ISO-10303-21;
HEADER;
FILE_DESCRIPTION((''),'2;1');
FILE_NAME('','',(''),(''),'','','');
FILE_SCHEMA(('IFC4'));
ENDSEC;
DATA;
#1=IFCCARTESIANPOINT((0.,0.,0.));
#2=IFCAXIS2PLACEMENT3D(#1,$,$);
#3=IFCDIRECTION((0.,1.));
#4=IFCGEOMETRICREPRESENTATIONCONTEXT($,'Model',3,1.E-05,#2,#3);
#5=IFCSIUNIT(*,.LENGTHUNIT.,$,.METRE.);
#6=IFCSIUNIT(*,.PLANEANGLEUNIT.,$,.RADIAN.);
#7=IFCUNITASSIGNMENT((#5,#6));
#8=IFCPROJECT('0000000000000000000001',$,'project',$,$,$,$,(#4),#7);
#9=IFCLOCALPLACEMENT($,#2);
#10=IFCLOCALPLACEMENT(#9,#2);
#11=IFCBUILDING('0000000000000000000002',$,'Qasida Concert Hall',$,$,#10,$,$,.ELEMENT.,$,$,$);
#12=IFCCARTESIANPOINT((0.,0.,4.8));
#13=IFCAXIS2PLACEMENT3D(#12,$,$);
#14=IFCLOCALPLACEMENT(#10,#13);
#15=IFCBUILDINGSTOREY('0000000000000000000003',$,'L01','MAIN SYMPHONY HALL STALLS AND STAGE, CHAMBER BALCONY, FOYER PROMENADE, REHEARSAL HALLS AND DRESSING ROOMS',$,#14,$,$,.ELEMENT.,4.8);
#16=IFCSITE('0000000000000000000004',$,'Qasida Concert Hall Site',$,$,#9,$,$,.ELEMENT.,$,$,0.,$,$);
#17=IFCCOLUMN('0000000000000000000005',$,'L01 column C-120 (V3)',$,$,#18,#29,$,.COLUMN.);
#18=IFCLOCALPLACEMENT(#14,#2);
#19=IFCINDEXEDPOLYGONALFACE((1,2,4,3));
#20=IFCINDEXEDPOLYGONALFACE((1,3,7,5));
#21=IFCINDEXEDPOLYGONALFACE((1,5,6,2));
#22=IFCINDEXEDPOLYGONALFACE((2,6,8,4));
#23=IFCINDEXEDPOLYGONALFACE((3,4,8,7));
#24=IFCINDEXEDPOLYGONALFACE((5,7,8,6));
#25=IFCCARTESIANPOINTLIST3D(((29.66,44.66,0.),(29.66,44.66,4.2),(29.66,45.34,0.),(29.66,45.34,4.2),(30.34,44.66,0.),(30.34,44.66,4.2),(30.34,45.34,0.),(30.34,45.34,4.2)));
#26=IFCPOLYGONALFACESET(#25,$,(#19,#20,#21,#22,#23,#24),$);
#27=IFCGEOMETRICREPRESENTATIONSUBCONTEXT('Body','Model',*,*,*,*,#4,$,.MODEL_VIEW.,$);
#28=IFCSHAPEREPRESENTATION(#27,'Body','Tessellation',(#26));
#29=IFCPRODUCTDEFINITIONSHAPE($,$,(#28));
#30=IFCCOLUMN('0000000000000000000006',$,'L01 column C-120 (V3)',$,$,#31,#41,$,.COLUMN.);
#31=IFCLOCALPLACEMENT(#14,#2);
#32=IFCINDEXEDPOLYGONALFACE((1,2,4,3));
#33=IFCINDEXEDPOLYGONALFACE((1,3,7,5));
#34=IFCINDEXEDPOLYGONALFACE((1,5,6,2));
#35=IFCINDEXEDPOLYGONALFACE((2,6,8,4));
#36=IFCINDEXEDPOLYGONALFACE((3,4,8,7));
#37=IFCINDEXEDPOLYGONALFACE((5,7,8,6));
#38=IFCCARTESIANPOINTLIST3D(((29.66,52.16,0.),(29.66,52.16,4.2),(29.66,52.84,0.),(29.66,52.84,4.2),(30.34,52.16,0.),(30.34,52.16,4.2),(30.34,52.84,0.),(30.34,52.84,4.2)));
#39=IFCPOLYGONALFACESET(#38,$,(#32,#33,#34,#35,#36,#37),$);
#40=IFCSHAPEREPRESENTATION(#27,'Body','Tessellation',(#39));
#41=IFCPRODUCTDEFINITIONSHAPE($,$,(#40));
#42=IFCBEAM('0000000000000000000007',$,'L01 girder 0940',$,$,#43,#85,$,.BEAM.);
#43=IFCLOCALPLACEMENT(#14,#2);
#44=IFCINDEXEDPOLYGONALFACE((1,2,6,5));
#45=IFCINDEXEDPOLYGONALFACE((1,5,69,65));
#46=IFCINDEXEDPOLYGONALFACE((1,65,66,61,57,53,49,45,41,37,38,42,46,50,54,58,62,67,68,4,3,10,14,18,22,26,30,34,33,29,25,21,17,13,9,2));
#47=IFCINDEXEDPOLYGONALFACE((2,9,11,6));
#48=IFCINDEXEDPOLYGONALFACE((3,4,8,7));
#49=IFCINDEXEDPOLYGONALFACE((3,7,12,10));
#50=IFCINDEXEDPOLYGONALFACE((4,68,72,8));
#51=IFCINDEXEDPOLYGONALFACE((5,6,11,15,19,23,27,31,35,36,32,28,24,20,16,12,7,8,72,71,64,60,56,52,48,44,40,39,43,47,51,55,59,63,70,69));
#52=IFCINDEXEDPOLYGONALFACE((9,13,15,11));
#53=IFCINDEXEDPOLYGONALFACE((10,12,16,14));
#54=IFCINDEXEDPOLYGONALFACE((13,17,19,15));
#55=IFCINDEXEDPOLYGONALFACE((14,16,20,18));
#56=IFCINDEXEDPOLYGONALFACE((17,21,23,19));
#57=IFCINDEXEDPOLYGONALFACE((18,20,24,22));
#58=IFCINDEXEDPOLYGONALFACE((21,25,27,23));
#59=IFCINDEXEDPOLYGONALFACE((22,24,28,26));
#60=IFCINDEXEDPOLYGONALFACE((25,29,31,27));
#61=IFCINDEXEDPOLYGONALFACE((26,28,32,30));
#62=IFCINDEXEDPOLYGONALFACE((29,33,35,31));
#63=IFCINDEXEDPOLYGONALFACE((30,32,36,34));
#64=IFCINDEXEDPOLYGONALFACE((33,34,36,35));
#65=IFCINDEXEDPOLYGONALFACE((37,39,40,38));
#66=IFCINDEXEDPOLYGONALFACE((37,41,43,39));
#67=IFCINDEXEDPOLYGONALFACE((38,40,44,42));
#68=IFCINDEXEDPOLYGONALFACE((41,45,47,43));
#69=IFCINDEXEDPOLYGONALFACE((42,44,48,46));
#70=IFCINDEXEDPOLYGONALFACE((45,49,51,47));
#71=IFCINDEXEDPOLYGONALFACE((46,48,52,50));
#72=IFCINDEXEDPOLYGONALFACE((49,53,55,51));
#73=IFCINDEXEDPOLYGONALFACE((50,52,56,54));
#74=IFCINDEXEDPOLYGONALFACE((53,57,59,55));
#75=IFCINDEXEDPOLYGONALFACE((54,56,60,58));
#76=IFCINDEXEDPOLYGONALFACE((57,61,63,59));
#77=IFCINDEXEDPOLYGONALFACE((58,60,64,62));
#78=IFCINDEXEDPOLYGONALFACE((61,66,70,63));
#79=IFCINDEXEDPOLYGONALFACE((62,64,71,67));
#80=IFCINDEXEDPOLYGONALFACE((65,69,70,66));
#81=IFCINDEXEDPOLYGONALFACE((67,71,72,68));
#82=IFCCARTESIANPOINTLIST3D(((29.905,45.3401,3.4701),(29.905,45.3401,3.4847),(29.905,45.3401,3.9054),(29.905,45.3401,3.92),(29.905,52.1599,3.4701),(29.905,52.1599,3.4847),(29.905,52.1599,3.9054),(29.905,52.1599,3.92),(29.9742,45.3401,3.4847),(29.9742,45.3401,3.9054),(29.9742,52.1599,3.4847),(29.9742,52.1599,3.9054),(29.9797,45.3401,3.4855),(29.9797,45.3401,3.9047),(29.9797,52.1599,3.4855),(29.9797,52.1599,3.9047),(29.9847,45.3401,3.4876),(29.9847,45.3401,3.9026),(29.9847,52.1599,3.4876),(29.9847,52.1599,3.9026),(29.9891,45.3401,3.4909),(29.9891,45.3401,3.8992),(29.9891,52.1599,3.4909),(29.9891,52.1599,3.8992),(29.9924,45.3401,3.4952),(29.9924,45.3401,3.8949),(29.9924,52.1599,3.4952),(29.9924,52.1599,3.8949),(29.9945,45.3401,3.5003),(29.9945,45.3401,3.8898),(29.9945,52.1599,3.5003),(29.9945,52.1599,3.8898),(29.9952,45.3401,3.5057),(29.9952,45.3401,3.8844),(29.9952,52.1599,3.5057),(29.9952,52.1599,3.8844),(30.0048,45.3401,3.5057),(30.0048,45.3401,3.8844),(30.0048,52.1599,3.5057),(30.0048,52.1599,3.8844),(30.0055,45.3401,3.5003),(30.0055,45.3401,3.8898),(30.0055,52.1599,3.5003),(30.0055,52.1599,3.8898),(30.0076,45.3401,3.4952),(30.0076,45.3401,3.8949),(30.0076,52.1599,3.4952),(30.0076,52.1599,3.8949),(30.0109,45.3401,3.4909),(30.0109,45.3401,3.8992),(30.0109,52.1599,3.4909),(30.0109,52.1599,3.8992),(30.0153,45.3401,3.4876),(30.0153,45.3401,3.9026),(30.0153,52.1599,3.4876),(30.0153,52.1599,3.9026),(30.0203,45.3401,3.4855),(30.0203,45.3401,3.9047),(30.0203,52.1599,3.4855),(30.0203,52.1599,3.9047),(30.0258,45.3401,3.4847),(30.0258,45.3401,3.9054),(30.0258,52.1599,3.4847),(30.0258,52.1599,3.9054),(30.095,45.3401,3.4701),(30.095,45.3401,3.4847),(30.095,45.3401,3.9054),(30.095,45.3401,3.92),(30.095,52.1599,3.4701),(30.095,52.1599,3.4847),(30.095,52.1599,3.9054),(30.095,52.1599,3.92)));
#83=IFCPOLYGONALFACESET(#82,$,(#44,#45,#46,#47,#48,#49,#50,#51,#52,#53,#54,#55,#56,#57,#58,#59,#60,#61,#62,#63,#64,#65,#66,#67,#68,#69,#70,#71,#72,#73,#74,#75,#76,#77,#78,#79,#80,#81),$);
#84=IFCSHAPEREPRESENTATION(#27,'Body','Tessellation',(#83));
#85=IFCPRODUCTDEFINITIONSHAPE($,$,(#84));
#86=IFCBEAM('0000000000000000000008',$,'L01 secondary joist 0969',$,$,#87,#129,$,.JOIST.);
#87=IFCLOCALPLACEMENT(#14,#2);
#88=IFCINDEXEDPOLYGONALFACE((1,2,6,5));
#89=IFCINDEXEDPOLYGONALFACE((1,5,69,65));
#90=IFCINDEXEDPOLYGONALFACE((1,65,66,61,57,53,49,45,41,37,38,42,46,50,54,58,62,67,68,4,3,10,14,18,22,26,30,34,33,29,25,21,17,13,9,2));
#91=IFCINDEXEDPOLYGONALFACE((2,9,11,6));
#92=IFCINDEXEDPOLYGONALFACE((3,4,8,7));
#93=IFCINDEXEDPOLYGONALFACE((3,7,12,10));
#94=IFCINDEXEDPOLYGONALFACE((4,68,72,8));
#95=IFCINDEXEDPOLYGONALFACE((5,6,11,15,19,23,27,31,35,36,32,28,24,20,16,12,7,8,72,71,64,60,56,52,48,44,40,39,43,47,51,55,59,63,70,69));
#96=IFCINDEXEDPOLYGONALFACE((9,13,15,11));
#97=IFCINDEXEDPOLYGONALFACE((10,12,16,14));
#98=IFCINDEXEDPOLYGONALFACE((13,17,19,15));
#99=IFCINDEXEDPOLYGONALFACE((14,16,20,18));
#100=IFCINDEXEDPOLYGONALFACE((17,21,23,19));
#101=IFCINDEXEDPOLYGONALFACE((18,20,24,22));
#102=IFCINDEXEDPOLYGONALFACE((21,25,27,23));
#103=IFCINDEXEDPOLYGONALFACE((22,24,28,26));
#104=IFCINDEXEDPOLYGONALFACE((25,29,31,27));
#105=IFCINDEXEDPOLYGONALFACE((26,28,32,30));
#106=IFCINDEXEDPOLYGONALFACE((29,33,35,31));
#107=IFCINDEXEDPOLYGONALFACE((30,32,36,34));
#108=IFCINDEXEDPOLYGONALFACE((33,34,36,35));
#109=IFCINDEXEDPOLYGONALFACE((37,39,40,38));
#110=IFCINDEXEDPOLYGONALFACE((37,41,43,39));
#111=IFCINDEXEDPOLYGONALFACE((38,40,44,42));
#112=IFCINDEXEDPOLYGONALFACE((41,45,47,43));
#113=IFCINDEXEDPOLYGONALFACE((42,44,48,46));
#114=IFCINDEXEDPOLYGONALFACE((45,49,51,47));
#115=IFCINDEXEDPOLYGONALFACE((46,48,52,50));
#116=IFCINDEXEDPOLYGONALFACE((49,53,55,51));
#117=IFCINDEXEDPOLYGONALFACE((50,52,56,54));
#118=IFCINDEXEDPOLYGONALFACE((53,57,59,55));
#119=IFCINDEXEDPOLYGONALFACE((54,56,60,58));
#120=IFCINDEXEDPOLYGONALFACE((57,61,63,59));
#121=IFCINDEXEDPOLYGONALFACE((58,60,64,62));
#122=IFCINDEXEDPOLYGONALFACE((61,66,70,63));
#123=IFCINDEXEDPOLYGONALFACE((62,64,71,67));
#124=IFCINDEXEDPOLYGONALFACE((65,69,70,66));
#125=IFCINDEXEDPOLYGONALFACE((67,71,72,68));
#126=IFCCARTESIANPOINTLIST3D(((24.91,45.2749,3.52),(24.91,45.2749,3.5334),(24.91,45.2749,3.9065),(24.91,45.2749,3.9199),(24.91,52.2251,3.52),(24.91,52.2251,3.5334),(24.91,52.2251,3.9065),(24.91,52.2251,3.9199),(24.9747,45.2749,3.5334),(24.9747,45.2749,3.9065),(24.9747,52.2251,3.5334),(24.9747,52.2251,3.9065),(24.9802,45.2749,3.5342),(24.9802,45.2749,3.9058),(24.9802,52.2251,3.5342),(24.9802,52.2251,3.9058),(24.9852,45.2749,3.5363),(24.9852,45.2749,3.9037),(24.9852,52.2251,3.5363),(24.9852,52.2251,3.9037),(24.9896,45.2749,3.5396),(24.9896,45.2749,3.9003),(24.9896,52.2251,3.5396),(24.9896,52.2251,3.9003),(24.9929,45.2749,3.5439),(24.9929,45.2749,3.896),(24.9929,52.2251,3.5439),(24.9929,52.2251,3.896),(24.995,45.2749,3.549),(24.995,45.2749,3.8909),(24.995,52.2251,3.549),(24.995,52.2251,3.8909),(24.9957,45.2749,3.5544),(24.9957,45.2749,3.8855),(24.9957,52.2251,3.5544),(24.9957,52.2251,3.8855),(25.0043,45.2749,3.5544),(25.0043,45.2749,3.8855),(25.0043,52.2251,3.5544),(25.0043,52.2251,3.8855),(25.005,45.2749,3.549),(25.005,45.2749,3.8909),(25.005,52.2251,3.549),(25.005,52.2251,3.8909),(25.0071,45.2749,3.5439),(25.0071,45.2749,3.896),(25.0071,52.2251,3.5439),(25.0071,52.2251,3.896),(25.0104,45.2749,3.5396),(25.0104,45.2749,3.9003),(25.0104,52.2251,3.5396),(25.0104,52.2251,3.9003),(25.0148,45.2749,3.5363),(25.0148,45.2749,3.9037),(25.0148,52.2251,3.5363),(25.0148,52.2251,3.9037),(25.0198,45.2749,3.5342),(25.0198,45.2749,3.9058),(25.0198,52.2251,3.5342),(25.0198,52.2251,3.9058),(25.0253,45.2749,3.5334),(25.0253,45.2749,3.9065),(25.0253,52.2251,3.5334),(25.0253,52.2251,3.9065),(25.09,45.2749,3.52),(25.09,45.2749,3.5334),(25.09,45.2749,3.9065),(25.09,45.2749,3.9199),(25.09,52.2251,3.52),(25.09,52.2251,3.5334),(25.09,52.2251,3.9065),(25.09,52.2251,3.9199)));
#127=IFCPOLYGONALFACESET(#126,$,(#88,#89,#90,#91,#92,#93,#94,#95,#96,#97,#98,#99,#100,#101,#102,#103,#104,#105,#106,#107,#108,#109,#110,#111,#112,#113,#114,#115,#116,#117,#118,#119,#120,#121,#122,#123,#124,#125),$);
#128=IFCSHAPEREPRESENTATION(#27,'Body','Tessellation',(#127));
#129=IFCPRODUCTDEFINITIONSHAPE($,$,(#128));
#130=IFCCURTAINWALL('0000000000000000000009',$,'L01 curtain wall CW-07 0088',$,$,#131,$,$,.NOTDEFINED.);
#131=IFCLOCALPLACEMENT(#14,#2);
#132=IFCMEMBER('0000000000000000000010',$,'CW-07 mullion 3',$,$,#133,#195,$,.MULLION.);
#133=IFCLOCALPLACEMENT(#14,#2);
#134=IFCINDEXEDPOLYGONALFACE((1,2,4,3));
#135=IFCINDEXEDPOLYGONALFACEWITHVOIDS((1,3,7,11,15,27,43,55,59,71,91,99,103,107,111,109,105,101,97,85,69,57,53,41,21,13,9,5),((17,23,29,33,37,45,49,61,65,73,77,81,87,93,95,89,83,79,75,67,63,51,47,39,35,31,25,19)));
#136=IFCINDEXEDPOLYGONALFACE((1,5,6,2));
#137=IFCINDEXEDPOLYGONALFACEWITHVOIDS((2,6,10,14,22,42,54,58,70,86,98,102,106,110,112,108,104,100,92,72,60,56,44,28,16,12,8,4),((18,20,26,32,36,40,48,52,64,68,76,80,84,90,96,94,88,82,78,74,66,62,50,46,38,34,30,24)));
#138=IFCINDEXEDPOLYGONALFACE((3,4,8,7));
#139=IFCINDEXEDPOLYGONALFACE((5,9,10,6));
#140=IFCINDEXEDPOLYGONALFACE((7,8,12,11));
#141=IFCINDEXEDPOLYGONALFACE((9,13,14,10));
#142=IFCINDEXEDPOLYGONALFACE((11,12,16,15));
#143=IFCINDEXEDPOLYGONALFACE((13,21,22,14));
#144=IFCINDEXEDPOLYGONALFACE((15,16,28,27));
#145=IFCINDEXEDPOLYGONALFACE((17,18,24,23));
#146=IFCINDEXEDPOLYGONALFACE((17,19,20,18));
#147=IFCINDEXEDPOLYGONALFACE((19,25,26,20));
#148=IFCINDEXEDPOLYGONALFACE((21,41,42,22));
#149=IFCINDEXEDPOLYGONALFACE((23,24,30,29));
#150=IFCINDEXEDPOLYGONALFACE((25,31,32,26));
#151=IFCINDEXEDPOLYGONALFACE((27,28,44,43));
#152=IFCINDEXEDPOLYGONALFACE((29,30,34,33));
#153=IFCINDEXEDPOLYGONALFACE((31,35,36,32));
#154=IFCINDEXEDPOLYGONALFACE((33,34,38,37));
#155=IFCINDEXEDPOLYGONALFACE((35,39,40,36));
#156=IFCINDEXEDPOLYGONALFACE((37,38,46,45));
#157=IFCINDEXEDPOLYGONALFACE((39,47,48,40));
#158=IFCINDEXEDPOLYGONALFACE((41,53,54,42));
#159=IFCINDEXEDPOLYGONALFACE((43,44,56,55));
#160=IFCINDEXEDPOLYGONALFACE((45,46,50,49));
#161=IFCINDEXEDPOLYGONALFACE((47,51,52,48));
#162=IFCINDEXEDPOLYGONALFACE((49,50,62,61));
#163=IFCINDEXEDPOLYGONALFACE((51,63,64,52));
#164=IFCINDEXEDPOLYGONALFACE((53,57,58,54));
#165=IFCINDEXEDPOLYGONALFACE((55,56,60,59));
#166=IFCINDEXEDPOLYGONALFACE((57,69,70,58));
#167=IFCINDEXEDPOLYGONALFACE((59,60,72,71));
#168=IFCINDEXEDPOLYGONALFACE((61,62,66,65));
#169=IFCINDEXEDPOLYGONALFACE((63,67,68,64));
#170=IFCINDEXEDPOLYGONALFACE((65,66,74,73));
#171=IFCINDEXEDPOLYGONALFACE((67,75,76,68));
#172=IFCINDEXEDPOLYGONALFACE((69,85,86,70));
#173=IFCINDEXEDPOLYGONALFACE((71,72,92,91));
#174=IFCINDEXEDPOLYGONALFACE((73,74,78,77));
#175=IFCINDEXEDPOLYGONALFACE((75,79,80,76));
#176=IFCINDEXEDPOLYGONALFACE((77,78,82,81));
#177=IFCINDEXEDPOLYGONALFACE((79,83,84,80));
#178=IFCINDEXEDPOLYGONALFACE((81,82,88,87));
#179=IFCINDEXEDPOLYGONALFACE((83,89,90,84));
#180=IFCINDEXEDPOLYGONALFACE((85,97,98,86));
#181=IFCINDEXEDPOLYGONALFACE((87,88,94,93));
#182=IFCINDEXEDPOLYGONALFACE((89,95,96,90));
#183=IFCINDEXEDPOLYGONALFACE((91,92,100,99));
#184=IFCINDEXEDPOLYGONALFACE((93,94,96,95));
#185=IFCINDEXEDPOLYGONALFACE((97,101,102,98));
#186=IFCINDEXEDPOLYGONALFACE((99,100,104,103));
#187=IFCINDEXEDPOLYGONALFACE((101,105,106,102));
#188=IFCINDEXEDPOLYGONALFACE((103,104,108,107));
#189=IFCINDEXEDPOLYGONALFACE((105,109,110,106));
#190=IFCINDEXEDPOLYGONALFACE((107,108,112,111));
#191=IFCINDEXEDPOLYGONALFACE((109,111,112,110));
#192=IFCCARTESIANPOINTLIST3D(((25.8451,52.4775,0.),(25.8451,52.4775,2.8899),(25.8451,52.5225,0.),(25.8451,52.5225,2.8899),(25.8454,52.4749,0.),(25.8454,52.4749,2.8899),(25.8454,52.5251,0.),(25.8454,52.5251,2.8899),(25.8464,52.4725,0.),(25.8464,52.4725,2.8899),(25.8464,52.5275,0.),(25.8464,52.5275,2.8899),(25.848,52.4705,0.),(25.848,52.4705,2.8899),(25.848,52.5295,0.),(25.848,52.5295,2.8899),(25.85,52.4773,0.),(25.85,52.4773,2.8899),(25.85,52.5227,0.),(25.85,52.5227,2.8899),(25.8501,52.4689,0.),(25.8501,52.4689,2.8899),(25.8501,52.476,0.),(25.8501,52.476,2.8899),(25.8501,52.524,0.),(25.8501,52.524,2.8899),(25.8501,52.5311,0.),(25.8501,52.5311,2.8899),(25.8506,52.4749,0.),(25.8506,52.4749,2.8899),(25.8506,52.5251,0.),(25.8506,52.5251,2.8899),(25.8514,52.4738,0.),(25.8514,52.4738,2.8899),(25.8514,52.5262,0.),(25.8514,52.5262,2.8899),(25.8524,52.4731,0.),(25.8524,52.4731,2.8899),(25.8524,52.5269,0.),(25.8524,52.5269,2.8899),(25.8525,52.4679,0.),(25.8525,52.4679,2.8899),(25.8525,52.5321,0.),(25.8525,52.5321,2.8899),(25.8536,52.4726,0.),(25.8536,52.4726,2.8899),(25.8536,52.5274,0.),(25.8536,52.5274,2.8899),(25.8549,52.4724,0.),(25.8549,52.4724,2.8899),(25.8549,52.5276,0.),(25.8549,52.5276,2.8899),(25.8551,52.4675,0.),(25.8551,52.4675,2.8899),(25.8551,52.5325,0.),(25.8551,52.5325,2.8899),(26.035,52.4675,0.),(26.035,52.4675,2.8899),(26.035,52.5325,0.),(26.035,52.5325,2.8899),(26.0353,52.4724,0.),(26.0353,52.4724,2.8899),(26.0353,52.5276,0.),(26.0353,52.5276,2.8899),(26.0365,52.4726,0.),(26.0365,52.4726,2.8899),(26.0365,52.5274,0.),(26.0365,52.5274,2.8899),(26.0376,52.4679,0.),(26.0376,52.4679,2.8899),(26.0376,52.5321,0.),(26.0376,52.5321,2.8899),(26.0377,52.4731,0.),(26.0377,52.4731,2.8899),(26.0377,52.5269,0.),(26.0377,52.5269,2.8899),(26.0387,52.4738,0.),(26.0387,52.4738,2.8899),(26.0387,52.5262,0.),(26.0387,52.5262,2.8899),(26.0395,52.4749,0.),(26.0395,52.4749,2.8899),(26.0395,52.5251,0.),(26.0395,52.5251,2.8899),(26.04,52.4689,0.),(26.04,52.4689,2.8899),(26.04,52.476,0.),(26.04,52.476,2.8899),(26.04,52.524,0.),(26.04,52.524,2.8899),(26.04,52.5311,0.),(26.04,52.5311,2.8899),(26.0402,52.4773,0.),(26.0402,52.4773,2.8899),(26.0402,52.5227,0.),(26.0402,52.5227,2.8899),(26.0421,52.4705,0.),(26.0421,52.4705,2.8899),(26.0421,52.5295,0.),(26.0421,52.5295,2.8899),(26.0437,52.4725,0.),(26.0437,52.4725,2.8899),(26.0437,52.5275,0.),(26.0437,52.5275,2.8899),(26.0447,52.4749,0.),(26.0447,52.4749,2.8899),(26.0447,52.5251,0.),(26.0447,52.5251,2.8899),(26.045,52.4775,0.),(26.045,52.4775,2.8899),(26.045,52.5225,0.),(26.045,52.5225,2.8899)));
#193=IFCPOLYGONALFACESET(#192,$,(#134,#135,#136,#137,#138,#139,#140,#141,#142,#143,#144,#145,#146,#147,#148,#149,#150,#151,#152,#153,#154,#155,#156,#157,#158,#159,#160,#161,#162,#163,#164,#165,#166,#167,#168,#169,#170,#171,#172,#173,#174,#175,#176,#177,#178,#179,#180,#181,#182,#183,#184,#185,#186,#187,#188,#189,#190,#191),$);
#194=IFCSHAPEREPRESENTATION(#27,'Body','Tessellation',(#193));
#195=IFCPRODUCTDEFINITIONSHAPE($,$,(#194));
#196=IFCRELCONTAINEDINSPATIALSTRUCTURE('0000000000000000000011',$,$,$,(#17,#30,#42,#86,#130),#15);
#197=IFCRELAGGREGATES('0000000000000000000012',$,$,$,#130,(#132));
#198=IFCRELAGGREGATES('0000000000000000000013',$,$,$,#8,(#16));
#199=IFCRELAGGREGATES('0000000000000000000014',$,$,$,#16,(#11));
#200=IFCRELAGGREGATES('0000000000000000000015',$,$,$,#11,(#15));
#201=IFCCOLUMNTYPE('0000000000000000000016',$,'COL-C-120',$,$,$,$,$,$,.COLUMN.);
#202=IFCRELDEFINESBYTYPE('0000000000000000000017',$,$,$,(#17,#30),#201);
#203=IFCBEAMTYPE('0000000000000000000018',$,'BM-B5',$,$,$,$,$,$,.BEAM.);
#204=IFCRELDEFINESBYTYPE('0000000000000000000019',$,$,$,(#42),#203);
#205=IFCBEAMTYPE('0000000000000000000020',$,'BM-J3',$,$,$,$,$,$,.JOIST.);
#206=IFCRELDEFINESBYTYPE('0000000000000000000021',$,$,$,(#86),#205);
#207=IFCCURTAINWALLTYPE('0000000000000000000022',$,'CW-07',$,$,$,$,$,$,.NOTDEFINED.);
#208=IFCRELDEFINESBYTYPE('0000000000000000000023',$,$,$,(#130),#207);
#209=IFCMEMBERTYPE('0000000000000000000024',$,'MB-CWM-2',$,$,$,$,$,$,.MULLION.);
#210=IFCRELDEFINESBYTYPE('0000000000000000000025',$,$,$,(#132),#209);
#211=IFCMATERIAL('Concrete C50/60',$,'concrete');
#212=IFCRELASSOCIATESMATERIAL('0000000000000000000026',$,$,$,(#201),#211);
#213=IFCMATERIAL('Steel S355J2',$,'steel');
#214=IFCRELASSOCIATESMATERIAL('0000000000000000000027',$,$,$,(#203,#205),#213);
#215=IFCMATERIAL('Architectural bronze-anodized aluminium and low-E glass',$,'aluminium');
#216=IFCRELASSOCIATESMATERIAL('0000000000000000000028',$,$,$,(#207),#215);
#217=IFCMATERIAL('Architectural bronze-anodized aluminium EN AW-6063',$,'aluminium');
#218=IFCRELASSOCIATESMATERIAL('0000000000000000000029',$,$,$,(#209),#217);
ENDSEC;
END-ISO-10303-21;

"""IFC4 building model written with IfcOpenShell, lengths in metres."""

from ifc_helpers import new_model, si_unit, direction, frame, origin, origin_2d, place, context, subcontext, project, spatial, rectangle, hollow_rectangle, i_section, extrude, material, material_profile, profile_set, type_object, element, aggregate, save


model = new_model("IFC4")

# Units and contexts
model_context = context("Model", 3, precision=1e-05, world=origin(), true_north=direction((0.0, 1.0)))
body_context = subcontext(model_context, "Body", "Model", "MODEL_VIEW")
ifc_project = project(units=[si_unit("LENGTHUNIT", "METRE"), si_unit("PLANEANGLEUNIT", "RADIAN")], contexts=[model_context])

# Site, building, storey
site_placement = place(None, origin())
site = spatial("IfcSite", under=ifc_project, at=site_placement, Name="Qasida Concert Hall Site", CompositionType="ELEMENT", RefElevation=0.0)
building_placement = place(site_placement, origin())
building = spatial("IfcBuilding", under=site, at=building_placement, Name="Qasida Concert Hall", CompositionType="ELEMENT")
storey_placement = place(building_placement, frame((0.0, 0.0, 4.8)))
storey = spatial("IfcBuildingStorey", under=building, at=storey_placement, Name="L01", Description="MAIN SYMPHONY HALL STALLS AND STAGE, CHAMBER BALCONY, FOYER PROMENADE, REHEARSAL HALLS AND DRESSING ROOMS", CompositionType="ELEMENT", Elevation=4.8)

# Columns
ifc_material_1 = material(Name="Concrete C50/60", Category="concrete")
ifc_material_profile_1 = material_profile(ifc_material_1, rectangle(XDim=0.6799, YDim=0.6799, at=origin_2d()), Name="RC 680x680")
ifc_profile_set_1 = profile_set([ifc_material_profile_1], Name="Concrete C50/60")
column_type = type_object("IfcColumnType", Name="COL-C-120", PredefinedType="COLUMN", material=ifc_profile_set_1)
for number, where, z_axis, x_axis, name in (
    (1, (30.0, 45.0, 0.0), (0.0, 0.0, 1.0), (1.0, 0.0, 0.0), "L01 column C-120 (V3)"),
    (2, (30.0, 52.5, 0.0), (0.0, 0.0, 1.0), (1.0, 0.0, 0.0), "L01 column C-120 (V3)"),
):
    element("IfcColumn", number, at=place(storey_placement, frame(where, z_axis=z_axis, x_axis=x_axis)), inside=storey, type_object=column_type, Name=name, PredefinedType="COLUMN", context=body_context, shape_type="SweptSolid", body=[
        extrude(rectangle(XDim=0.6799, YDim=0.6799, at=origin_2d()), origin(), (0.0, 0.0, 1.0), 4.2),
    ])

# Beams
ifc_material_2 = material(Name="Steel S355J2", Category="steel")
ifc_material_profile_2 = material_profile(ifc_material_2, i_section(OverallWidth=0.1899, OverallDepth=0.45, WebThickness=0.0095, FlangeThickness=0.0146, FilletRadius=0.021, at=origin_2d()), Name="IPE 450")
ifc_profile_set_2 = profile_set([ifc_material_profile_2], Name="Steel S355J2")
beam_type_1 = type_object("IfcBeamType", Name="BM-B5", PredefinedType="BEAM", material=ifc_profile_set_2)
beam_1_placement = place(storey_placement, frame((30.0, 45.3401, 3.6951), z_axis=(0.0, 1.0, 0.0), x_axis=(-1.0, 0.0, 0.0)))
element("IfcBeam", 3, at=beam_1_placement, inside=storey, type_object=beam_type_1, Name="L01 girder 0940", PredefinedType="BEAM", context=body_context, shape_type="SweptSolid", body=[
    extrude(i_section(OverallWidth=0.1899, OverallDepth=0.45, WebThickness=0.0095, FlangeThickness=0.0146, FilletRadius=0.021, at=origin_2d()), origin(), (0.0, 0.0, 1.0), 6.8198),
])
ifc_material_profile_3 = material_profile(ifc_material_2, i_section(OverallWidth=0.1799, OverallDepth=0.3999, WebThickness=0.0085, FlangeThickness=0.0134, FilletRadius=0.021, at=origin_2d()), Name="IPE 400")
ifc_profile_set_3 = profile_set([ifc_material_profile_3], Name="Steel S355J2")
beam_type_2 = type_object("IfcBeamType", Name="BM-J3", PredefinedType="JOIST", material=ifc_profile_set_3)
beam_2_placement = place(storey_placement, frame((25.0, 45.2749, 3.72), z_axis=(0.0, 1.0, 0.0), x_axis=(-1.0, 0.0, 0.0)))
element("IfcBeam", 4, at=beam_2_placement, inside=storey, type_object=beam_type_2, Name="L01 secondary joist 0969", PredefinedType="JOIST", context=body_context, shape_type="SweptSolid", body=[
    extrude(i_section(OverallWidth=0.1799, OverallDepth=0.3999, WebThickness=0.0085, FlangeThickness=0.0134, FilletRadius=0.021, at=origin_2d()), origin(), (0.0, 0.0, 1.0), 6.9502),
])

# Curtain wall, member
ifc_material_3 = material(Name="Architectural bronze-anodized aluminium and low-E glass", Category="aluminium")
curtain_wall_type = type_object("IfcCurtainWallType", Name="CW-07", PredefinedType="NOTDEFINED", material=ifc_material_3)
curtain_wall_placement = place(storey_placement, origin())
curtain_wall = element("IfcCurtainWall", 5, at=curtain_wall_placement, inside=storey, type_object=curtain_wall_type, Name="L01 curtain wall CW-07 0088", PredefinedType="NOTDEFINED")
ifc_material_4 = material(Name="Architectural bronze-anodized aluminium EN AW-6063", Category="aluminium")
ifc_material_profile_4 = material_profile(ifc_material_4, hollow_rectangle(XDim=0.0649, YDim=0.2, WallThickness=0.0049, InnerFilletRadius=0.0049, OuterFilletRadius=0.01, at=origin_2d()), Name="CWM 200x65x5")
ifc_profile_set_4 = profile_set([ifc_material_profile_4], Name="Architectural bronze-anodized aluminium EN AW-6063")
member_type_1 = type_object("IfcMemberType", Name="MB-CWM-2", PredefinedType="MULLION", material=ifc_profile_set_4)
member_1_placement = place(storey_placement, frame((25.9451, 52.5, 0.0), z_axis=(0.0, 0.0, 1.0), x_axis=(0.0, 1.0, 0.0)))
member_1 = element("IfcMember", 6, at=member_1_placement, type_object=member_type_1, Name="CW-07 mullion 3", PredefinedType="MULLION", context=body_context, shape_type="SweptSolid", body=[
    extrude(hollow_rectangle(XDim=0.0649, YDim=0.2, WallThickness=0.0049, InnerFilletRadius=0.0049, OuterFilletRadius=0.01, at=origin_2d()), origin(), (0.0, 0.0, 1.0), 2.8899),
])
aggregate(curtain_wall, [member_1])

save(model, "model.ifc")
